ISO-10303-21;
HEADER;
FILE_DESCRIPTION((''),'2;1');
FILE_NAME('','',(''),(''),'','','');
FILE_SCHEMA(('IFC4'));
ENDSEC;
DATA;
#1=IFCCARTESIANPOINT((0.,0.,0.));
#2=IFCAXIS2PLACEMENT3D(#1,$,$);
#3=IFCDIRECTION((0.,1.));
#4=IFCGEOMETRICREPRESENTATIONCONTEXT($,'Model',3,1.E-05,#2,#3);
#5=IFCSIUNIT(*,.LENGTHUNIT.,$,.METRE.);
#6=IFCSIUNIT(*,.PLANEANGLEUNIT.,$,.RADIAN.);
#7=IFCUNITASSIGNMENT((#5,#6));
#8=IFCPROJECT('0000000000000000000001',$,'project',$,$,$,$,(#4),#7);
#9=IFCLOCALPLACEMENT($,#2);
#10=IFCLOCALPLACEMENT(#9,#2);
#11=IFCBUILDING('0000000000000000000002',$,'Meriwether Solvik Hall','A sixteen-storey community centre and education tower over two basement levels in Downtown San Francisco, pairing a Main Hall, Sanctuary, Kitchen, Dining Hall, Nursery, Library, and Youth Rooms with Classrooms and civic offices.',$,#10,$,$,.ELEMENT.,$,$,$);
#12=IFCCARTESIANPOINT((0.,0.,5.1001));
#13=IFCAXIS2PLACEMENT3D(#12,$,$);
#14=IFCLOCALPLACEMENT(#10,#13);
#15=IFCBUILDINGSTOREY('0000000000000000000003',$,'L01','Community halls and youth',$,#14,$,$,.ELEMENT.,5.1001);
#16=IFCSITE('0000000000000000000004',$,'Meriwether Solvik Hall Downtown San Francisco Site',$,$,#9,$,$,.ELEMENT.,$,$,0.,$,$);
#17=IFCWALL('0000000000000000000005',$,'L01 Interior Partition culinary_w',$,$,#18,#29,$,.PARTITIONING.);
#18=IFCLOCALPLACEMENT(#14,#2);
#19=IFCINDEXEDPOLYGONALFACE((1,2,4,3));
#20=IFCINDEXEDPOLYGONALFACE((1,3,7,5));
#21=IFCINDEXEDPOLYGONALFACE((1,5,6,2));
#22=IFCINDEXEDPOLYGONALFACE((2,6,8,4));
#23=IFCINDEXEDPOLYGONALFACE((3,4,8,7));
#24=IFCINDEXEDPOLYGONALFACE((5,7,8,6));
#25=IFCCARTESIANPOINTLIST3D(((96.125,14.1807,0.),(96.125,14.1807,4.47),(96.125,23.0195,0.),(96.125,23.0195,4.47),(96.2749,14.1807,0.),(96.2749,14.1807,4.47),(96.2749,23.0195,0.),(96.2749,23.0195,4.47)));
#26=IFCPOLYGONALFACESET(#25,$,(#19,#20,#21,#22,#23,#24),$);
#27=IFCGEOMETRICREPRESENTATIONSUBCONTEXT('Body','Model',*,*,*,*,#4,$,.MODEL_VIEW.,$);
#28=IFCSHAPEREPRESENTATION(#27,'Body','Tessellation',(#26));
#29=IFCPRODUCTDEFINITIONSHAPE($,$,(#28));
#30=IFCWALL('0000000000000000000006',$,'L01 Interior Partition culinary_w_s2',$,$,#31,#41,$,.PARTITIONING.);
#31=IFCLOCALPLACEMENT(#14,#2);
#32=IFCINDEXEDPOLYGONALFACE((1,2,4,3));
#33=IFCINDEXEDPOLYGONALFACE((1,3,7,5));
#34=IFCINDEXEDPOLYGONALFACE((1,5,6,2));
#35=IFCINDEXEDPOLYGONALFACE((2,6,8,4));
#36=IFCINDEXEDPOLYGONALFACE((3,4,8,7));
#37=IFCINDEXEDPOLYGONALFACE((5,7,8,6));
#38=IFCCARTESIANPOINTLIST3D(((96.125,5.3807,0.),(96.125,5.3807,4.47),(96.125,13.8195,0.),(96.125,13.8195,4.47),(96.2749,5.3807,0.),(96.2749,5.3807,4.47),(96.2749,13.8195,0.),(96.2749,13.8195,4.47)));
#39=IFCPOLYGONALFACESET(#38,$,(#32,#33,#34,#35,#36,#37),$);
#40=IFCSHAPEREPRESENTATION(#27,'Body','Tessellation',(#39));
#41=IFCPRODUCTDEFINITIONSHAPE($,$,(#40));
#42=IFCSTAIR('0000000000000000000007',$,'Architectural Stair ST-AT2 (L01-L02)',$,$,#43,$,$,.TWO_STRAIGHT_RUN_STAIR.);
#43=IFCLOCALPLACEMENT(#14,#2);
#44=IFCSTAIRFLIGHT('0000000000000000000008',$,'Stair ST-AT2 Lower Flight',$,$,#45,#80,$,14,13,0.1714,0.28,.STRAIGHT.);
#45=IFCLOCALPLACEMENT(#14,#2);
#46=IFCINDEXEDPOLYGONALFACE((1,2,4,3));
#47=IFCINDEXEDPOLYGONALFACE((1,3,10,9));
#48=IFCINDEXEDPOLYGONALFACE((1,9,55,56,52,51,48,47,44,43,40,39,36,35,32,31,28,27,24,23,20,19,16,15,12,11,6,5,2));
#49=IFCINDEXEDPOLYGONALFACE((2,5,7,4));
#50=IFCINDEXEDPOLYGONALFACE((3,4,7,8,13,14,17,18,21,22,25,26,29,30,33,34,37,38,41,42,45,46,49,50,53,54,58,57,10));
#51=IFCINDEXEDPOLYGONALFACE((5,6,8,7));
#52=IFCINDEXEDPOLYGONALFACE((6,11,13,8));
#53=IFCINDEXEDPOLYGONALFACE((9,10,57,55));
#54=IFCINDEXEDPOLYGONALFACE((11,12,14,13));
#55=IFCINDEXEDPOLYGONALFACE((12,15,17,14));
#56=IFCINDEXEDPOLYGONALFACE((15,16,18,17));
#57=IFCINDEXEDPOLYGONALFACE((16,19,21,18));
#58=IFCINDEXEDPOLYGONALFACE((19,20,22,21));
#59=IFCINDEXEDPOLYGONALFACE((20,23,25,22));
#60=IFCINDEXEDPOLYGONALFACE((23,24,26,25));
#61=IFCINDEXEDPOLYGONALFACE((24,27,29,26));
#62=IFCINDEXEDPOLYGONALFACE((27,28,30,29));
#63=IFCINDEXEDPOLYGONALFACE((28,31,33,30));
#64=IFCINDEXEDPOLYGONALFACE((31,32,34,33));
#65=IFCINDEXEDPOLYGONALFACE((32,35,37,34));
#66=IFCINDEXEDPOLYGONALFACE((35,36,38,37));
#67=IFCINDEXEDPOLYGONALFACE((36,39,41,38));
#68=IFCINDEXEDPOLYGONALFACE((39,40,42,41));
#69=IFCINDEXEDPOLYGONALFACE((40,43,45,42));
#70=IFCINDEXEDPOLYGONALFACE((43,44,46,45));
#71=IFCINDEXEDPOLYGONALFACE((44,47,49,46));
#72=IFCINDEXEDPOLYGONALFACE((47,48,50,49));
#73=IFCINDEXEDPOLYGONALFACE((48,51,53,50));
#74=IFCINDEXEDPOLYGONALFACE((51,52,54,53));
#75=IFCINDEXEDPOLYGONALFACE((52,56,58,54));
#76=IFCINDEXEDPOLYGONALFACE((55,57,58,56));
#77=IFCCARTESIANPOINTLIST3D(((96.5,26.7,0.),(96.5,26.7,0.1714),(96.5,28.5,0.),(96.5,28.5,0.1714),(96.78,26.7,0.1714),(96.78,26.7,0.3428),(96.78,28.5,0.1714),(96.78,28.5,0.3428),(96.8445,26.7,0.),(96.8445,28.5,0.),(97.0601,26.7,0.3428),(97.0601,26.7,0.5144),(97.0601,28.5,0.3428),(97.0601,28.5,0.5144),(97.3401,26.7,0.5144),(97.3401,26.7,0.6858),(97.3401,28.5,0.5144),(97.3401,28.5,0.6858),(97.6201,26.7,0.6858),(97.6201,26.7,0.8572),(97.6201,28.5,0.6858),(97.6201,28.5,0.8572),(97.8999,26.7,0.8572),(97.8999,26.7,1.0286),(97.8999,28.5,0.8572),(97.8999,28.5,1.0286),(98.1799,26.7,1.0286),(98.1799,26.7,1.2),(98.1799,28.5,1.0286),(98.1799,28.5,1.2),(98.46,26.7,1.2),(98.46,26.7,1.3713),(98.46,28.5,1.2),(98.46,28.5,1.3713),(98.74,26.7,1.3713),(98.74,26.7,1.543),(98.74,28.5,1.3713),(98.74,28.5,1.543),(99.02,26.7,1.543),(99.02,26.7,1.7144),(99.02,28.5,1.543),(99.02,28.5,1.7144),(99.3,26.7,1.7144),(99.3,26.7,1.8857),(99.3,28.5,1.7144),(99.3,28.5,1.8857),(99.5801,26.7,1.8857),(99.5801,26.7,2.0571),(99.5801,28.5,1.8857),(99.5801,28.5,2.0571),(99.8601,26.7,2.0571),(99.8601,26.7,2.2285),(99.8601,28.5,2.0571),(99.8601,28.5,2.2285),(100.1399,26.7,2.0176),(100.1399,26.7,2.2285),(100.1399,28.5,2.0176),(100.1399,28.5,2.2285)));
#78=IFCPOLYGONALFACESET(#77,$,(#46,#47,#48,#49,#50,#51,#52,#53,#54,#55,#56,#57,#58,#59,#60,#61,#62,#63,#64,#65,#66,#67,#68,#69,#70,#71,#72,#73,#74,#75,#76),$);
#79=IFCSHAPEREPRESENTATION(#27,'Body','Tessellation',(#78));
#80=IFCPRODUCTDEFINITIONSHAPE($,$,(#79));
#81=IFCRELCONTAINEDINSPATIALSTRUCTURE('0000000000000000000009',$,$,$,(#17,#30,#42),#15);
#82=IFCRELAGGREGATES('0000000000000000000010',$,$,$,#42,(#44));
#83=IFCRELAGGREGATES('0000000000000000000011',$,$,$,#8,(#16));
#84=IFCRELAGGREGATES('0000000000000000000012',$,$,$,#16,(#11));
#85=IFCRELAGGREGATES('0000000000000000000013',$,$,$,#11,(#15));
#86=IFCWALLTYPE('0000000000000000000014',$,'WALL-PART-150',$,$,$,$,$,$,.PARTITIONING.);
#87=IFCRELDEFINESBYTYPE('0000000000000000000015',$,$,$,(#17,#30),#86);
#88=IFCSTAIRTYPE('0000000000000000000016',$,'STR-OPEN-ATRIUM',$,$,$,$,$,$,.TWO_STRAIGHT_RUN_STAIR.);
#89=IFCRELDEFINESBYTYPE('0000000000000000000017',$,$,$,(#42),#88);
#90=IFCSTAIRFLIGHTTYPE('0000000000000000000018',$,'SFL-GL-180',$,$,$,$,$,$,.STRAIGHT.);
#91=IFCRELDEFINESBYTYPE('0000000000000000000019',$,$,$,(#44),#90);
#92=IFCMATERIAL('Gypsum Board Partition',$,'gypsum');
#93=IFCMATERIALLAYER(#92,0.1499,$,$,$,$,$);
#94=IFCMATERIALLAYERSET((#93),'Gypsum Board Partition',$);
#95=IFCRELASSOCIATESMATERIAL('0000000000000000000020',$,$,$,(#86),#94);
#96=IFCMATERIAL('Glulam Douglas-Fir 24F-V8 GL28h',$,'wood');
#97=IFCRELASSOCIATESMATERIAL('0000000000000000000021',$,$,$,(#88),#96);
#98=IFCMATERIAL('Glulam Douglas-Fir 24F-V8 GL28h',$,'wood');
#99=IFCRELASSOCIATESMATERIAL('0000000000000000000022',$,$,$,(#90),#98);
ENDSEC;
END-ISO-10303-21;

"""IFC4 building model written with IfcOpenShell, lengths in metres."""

from ifc_helpers import new_model, si_unit, direction, frame, frame_2d, origin, place, context, subcontext, project, spatial, polyline, rectangle, outline, extrude, material, layer, layer_set, type_object, element, aggregate, save


model = new_model("IFC4")

# Units and contexts
model_context = context("Model", 3, precision=1e-05, world=origin(), true_north=direction((0.0, 1.0)))
body_context = subcontext(model_context, "Body", "Model", "MODEL_VIEW")
ifc_project = project(units=[si_unit("LENGTHUNIT", "METRE"), si_unit("PLANEANGLEUNIT", "RADIAN")], contexts=[model_context])

# Site, building, storey
site_placement = place(None, origin())
site = spatial("IfcSite", under=ifc_project, at=site_placement, Name="Meriwether Solvik Hall Downtown San Francisco Site", CompositionType="ELEMENT", RefElevation=0.0)
building_placement = place(site_placement, origin())
building = spatial("IfcBuilding", under=site, at=building_placement, Name="Meriwether Solvik Hall", Description="A sixteen-storey community centre and education tower over two basement levels in Downtown San Francisco, pairing a Main Hall, Sanctuary, Kitchen, Dining Hall, Nursery, Library, and Youth Rooms with Classrooms and civic offices.", CompositionType="ELEMENT")
storey_placement = place(building_placement, frame((0.0, 0.0, 5.1001)))
storey = spatial("IfcBuildingStorey", under=building, at=storey_placement, Name="L01", Description="Community halls and youth", CompositionType="ELEMENT", Elevation=5.1001)

# Walls
ifc_material_1 = material(Name="Gypsum Board Partition", Category="gypsum")
ifc_layer_1 = layer(ifc_material_1, 0.1499)
ifc_layer_set_1 = layer_set([ifc_layer_1], Name="Gypsum Board Partition")
wall_type = type_object("IfcWallType", Name="WALL-PART-150", PredefinedType="PARTITIONING", material=ifc_layer_set_1)
wall_1_placement = place(storey_placement, frame((96.2, 23.0195, 0.0), z_axis=(0.0, 0.0, 1.0), x_axis=(0.0, -1.0, 0.0)))
element("IfcWall", 1, at=wall_1_placement, inside=storey, type_object=wall_type, Name="L01 Interior Partition culinary_w", PredefinedType="PARTITIONING", context=body_context, shape_type="SweptSolid", body=[
    extrude(rectangle(XDim=8.8389, YDim=0.1499, at=frame_2d((4.4194, 0.0))), origin(), (0.0, 0.0, 1.0), 4.47),
])
wall_2_placement = place(storey_placement, frame((96.2, 13.8193, 0.0), z_axis=(0.0, 0.0, 1.0), x_axis=(0.0, -1.0, 0.0)))
element("IfcWall", 2, at=wall_2_placement, inside=storey, type_object=wall_type, Name="L01 Interior Partition culinary_w_s2", PredefinedType="PARTITIONING", context=body_context, shape_type="SweptSolid", body=[
    extrude(rectangle(XDim=8.4387, YDim=0.1499, at=frame_2d((4.2192, 0.0))), origin(), (0.0, 0.0, 1.0), 4.47),
])

# Stair, stair flight
ifc_material_2 = material(Name="Glulam Douglas-Fir 24F-V8 GL28h", Category="wood")
stair_type = type_object("IfcStairType", Name="STR-OPEN-ATRIUM", PredefinedType="TWO_STRAIGHT_RUN_STAIR", material=ifc_material_2)
stair_placement = place(storey_placement, origin())
stair = element("IfcStair", 3, at=stair_placement, inside=storey, type_object=stair_type, Name="Architectural Stair ST-AT2 (L01-L02)", PredefinedType="TWO_STRAIGHT_RUN_STAIR")
ifc_material_3 = material(Name="Glulam Douglas-Fir 24F-V8 GL28h", Category="wood")
stair_flight_type = type_object("IfcStairFlightType", Name="SFL-GL-180", PredefinedType="STRAIGHT", material=ifc_material_3)
stair_flight_placement = place(storey_placement, frame((96.5, 27.6001, 0.0), z_axis=(0.0, 0.0, 1.0), x_axis=(1.0, 0.0, 0.0)))
stair_flight = element("IfcStairFlight", 4, at=stair_flight_placement, type_object=stair_flight_type, Name="Stair ST-AT2 Lower Flight", NumberOfRisers=14, NumberOfTreads=13, PredefinedType="STRAIGHT", RiserHeight=0.1714, TreadLength=0.28, context=body_context, shape_type="SweptSolid", body=[
    extrude(outline(polyline([(0.0, 0.0), (0.0, 0.1714), (0.28, 0.1714), (0.28, 0.3428), (0.5601, 0.3428), (0.5601, 0.5144), (0.8401, 0.5144), (0.8401, 0.6858), (1.1201, 0.6858), (1.1201, 0.8572), (1.3999, 0.8572), (1.3999, 1.0286), (1.6799, 1.0286), (1.6799, 1.2), (1.96, 1.2), (1.96, 1.3713), (2.24, 1.3713), (2.24, 1.543), (2.52, 1.543), (2.52, 1.7144), (2.8, 1.7144), (2.8, 1.8857), (3.0801, 1.8857), (3.0801, 2.0571), (3.3601, 2.0571), (3.3601, 2.2285), (3.6399, 2.2285), (3.6399, 2.3999), (3.6399, 2.0176), (0.3445, 0.0), (0.0, 0.0)])), frame((0.0, 0.8999, 0.0), z_axis=(0.0, -1.0, 0.0), x_axis=(1.0, 0.0, 0.0)), (0.0, 0.0, 1.0), 1.8),
])
aggregate(stair, [stair_flight])

save(model, "model.ifc")
